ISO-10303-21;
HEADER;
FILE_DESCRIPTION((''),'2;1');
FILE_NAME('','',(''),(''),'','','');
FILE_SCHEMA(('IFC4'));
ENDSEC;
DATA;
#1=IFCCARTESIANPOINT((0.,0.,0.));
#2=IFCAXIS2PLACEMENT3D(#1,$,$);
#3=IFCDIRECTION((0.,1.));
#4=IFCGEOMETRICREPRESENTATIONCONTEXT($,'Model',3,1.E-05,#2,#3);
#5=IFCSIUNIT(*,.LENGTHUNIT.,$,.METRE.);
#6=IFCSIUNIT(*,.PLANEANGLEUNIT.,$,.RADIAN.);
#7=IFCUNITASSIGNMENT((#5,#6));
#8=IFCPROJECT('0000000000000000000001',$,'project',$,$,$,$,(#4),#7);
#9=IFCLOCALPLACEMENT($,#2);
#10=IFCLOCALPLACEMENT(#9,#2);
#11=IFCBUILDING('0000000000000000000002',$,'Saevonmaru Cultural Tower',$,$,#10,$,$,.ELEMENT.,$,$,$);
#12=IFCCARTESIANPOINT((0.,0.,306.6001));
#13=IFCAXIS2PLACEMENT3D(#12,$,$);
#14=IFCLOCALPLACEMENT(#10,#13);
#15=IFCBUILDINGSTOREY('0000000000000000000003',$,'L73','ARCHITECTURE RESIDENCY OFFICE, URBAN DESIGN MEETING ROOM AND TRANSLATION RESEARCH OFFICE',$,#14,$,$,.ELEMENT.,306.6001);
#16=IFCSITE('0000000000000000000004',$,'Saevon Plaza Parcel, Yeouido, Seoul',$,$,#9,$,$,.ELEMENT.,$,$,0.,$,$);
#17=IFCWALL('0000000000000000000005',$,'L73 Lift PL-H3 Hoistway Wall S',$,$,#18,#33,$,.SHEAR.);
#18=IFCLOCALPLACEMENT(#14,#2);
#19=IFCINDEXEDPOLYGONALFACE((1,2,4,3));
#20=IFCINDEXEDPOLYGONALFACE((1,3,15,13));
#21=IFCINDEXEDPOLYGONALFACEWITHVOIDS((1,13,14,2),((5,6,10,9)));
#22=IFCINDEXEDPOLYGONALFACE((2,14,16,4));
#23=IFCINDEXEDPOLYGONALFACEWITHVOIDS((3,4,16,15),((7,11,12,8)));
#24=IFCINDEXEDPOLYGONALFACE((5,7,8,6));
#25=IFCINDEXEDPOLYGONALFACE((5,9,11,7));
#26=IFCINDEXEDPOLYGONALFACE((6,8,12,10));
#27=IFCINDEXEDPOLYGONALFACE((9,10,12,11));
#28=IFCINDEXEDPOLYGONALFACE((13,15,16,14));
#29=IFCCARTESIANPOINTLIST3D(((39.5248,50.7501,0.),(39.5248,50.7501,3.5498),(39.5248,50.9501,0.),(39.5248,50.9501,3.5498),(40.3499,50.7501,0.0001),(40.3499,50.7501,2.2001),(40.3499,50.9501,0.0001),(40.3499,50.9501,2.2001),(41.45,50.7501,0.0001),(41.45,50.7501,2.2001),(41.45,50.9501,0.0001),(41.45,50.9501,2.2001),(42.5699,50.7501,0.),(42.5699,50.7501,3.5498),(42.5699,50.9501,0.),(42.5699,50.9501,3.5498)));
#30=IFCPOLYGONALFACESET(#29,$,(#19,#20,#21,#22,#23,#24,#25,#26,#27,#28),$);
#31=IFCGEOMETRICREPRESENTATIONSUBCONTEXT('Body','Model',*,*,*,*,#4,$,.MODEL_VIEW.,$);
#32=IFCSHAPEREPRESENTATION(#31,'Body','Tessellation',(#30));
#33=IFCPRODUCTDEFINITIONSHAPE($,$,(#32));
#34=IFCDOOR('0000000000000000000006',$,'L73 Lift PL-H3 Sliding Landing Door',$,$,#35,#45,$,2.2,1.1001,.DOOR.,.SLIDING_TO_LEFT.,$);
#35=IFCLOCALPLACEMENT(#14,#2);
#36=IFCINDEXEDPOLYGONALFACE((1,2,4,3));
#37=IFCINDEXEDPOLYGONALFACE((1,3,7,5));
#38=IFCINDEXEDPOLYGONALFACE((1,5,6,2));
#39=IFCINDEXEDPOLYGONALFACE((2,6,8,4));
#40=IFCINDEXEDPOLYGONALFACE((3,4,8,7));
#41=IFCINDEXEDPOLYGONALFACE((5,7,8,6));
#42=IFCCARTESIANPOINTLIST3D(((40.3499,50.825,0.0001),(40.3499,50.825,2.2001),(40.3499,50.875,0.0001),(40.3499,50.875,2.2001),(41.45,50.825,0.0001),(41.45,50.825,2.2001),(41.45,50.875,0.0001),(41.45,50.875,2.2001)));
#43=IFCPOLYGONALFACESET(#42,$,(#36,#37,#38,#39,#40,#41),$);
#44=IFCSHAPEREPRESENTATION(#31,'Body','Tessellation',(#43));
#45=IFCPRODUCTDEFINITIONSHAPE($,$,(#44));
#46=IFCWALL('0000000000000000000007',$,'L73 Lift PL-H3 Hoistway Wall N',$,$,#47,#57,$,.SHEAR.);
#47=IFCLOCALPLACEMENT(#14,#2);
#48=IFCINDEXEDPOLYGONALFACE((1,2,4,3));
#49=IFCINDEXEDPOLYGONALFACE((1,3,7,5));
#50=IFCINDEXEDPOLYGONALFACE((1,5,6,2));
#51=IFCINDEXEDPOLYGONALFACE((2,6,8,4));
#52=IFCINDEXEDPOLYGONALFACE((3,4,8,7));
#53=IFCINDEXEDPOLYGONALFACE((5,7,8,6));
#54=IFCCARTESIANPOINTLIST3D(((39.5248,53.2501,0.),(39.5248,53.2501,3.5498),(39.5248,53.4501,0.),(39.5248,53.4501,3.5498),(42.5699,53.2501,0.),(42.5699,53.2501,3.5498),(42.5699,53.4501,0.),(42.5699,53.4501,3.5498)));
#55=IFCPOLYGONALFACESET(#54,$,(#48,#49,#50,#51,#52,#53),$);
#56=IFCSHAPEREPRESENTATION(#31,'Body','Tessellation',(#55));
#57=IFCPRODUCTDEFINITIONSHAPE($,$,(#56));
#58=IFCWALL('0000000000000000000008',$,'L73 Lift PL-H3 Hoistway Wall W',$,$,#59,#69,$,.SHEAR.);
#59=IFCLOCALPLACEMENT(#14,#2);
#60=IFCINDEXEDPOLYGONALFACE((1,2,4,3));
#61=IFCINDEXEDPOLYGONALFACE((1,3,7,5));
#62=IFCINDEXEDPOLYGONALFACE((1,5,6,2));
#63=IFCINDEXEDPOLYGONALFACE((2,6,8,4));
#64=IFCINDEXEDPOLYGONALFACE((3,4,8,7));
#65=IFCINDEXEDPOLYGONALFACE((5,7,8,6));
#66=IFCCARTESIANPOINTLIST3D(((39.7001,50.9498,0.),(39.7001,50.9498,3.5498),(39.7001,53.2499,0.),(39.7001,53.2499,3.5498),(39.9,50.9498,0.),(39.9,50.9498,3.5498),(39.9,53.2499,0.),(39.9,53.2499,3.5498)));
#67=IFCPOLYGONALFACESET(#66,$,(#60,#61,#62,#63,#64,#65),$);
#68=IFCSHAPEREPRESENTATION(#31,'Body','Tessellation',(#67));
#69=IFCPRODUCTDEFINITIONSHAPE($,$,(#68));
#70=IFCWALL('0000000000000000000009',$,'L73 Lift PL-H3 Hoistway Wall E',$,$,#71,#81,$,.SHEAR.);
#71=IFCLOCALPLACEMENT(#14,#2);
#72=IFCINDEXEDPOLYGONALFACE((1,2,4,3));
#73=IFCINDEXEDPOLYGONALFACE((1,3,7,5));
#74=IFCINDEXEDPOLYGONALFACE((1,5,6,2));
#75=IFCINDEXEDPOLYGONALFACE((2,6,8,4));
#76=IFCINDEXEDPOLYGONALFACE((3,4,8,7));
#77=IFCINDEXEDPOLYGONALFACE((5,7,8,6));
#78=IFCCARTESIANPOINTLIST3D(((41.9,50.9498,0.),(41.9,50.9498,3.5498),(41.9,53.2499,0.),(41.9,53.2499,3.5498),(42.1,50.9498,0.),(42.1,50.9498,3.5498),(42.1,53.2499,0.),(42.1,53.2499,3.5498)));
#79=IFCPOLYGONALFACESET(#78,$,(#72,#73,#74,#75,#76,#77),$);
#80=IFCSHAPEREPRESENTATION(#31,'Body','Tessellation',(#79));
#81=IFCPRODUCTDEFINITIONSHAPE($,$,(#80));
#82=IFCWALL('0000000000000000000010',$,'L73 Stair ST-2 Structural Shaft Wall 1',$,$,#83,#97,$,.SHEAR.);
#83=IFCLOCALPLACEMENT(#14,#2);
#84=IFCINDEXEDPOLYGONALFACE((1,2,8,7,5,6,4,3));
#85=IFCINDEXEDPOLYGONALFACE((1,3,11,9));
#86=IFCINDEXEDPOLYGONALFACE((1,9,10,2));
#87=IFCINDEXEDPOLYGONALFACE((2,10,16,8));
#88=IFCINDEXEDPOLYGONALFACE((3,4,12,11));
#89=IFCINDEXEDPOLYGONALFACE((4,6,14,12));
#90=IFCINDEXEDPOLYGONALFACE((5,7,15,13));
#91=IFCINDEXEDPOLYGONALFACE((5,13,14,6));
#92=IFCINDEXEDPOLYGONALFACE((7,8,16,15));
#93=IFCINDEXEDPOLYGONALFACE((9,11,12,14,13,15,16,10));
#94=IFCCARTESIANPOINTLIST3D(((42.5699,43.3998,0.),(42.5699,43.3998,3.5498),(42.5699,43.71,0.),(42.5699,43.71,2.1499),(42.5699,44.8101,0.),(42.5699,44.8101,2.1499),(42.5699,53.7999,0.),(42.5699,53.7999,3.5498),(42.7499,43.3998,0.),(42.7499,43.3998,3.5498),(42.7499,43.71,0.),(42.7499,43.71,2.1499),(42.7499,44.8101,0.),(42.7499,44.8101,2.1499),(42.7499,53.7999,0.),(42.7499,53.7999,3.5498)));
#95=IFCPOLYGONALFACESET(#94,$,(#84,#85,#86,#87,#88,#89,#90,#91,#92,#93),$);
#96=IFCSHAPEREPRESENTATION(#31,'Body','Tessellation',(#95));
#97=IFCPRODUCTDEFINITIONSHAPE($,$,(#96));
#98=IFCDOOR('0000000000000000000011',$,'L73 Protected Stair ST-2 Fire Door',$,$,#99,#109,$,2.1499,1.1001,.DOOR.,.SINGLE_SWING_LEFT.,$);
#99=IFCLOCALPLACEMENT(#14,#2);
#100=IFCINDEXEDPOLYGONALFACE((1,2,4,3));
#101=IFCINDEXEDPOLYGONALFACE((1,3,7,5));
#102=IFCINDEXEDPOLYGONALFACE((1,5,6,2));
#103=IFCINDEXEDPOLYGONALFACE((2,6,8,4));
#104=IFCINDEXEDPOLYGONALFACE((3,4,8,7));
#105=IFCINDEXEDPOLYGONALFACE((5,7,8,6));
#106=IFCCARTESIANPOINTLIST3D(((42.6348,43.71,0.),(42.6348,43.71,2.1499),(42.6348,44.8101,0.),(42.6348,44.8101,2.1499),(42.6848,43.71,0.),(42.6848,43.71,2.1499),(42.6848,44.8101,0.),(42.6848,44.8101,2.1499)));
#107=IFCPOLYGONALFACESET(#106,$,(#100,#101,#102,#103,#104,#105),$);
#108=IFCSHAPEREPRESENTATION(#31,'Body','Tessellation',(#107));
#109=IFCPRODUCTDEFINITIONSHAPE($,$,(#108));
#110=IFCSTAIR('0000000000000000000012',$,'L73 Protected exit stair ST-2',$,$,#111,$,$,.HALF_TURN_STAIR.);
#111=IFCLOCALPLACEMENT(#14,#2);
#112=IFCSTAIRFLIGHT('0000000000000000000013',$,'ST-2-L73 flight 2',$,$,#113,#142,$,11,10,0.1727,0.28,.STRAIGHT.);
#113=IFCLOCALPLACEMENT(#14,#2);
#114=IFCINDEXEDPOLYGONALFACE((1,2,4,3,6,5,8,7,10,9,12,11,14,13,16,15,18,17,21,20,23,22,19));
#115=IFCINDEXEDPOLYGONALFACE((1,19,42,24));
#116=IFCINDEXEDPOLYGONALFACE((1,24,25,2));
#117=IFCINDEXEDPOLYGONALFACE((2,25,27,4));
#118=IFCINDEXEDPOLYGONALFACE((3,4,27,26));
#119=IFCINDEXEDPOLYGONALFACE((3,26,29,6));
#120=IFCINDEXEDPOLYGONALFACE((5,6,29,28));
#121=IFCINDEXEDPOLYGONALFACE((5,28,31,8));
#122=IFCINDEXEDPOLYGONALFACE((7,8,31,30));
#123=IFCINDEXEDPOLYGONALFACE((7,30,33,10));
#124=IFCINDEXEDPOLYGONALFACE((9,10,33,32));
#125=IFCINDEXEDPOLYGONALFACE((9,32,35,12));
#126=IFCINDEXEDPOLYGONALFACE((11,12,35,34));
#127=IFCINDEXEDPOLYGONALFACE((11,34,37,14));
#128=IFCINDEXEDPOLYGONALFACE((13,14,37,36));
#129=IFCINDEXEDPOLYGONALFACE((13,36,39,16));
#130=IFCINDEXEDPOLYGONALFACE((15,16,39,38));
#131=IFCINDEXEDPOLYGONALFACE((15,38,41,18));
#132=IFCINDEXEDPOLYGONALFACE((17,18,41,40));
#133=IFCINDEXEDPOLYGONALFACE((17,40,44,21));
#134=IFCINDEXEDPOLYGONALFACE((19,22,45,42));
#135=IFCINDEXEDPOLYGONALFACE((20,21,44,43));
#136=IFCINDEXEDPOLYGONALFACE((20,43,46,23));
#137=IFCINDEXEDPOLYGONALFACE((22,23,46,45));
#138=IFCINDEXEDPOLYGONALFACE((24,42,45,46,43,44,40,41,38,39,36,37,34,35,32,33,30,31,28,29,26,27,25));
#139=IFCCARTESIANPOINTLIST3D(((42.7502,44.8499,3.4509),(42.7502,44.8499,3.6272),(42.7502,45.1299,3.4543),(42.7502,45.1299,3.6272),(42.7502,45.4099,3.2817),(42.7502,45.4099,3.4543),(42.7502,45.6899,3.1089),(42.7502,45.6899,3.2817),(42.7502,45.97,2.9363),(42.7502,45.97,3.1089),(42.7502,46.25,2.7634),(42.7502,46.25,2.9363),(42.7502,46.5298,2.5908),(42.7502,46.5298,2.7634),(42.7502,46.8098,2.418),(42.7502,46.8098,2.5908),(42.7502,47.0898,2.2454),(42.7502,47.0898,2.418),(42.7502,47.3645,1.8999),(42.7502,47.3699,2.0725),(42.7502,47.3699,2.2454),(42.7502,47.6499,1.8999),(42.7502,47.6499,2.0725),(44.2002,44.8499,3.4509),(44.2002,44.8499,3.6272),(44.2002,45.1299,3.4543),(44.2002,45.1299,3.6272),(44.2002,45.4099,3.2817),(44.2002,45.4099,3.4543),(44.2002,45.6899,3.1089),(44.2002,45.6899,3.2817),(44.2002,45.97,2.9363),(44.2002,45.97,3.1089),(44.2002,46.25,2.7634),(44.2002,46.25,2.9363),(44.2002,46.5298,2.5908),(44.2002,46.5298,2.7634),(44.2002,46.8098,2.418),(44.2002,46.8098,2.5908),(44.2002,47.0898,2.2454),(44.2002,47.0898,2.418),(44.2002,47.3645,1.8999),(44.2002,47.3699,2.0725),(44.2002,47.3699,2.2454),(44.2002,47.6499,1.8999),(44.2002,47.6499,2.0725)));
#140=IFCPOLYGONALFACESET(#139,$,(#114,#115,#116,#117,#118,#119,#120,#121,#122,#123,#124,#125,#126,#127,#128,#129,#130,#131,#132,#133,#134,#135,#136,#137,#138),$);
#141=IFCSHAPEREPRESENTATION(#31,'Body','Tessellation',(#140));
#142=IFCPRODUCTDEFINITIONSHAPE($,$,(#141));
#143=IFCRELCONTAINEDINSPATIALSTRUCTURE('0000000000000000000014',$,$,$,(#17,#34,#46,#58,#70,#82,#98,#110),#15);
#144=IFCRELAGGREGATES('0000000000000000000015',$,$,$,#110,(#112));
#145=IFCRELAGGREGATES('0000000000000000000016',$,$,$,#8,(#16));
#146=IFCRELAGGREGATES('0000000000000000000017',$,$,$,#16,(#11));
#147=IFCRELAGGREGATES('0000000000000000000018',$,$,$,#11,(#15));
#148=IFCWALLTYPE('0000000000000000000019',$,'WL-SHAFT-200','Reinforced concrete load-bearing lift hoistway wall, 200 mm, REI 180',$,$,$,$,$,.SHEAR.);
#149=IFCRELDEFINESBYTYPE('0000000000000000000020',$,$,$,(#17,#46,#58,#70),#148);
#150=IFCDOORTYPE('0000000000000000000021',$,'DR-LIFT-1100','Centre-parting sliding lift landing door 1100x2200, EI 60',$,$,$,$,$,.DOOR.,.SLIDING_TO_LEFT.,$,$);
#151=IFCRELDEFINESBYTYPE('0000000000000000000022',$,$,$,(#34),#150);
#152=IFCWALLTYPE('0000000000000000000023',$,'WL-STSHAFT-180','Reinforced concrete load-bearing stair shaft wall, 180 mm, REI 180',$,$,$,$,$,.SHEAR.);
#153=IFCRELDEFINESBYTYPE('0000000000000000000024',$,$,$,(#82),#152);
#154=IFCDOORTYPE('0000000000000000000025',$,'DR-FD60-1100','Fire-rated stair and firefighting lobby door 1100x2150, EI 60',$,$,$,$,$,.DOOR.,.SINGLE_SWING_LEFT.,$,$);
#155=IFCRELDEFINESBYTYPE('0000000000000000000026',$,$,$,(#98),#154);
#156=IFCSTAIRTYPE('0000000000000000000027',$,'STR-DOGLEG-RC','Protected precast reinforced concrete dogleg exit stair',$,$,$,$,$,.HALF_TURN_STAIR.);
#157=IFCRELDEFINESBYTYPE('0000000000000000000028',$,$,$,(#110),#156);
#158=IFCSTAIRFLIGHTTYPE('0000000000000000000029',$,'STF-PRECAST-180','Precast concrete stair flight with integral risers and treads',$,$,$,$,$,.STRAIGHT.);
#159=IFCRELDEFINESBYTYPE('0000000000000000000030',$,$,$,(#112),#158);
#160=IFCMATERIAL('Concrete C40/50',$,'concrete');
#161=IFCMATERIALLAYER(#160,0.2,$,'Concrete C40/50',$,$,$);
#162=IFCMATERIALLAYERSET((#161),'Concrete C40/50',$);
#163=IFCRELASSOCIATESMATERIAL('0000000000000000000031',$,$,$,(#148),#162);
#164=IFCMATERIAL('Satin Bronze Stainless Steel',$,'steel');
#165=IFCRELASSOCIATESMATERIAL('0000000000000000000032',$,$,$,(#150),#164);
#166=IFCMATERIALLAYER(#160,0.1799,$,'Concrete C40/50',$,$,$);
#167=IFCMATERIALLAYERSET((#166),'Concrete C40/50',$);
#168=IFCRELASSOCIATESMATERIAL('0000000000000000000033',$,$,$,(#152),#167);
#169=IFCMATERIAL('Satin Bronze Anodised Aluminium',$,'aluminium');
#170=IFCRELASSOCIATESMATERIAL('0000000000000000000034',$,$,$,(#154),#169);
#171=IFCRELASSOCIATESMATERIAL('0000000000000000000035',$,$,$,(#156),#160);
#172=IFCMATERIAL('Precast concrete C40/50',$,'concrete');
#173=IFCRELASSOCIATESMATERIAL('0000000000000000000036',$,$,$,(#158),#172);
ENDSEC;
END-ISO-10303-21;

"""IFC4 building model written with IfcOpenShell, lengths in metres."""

from ifc_helpers import new_model, si_unit, direction, frame, frame_2d, origin, place, context, subcontext, project, spatial, polyline, rectangle, outline, extrude, material, layer, layer_set, type_object, element, fill, aggregate, save


model = new_model("IFC4")

# Units and contexts
model_context = context("Model", 3, precision=1e-05, world=origin(), true_north=direction((0.0, 1.0)))
body_context = subcontext(model_context, "Body", "Model", "MODEL_VIEW")
ifc_project = project(units=[si_unit("LENGTHUNIT", "METRE"), si_unit("PLANEANGLEUNIT", "RADIAN")], contexts=[model_context])

# Site, building, storey
site_placement = place(None, origin())
site = spatial("IfcSite", under=ifc_project, at=site_placement, Name="Saevon Plaza Parcel, Yeouido, Seoul", CompositionType="ELEMENT", RefElevation=0.0)
building_placement = place(site_placement, origin())
building = spatial("IfcBuilding", under=site, at=building_placement, Name="Saevonmaru Cultural Tower", CompositionType="ELEMENT")
storey_placement = place(building_placement, frame((0.0, 0.0, 306.6001)))
storey = spatial("IfcBuildingStorey", under=building, at=storey_placement, Name="L73", Description="ARCHITECTURE RESIDENCY OFFICE, URBAN DESIGN MEETING ROOM AND TRANSLATION RESEARCH OFFICE", CompositionType="ELEMENT", Elevation=306.6001)

# Shared definitions
ifc_material_1 = material(Name="Satin Bronze Anodised Aluminium", Category="aluminium")

# Shared definitions
ifc_material_2 = material(Name="Concrete C40/50", Category="concrete")
ifc_layer_1 = layer(ifc_material_2, 0.2, Name="Concrete C40/50")
ifc_layer_set_1 = layer_set([ifc_layer_1], Name="Concrete C40/50")
wall_type_1 = type_object("IfcWallType", Name="WL-SHAFT-200", Description="Reinforced concrete load-bearing lift hoistway wall, 200 mm, REI 180", PredefinedType="SHEAR", material=ifc_layer_set_1)
ifc_material_3 = material(Name="Satin Bronze Stainless Steel", Category="steel")
door_type_1 = type_object("IfcDoorType", Name="DR-LIFT-1100", Description="Centre-parting sliding lift landing door 1100x2200, EI 60", OperationType="SLIDING_TO_LEFT", PredefinedType="DOOR", material=ifc_material_3)

# Wall, opening, door
wall_1_placement = place(storey_placement, frame((39.5249, 50.8501, 0.0), z_axis=(0.0, 0.0, 1.0), x_axis=(1.0, 0.0, 0.0)))
wall_1 = element("IfcWall", 1, at=wall_1_placement, inside=storey, type_object=wall_type_1, Name="L73 Lift PL-H3 Hoistway Wall S", PredefinedType="SHEAR", context=body_context, shape_type="SweptSolid", body=[
    extrude(rectangle(XDim=3.0452, YDim=0.2, at=frame_2d((1.5225, 0.0))), origin(), (0.0, 0.0, 1.0), 3.5498),
])
opening_1_placement = place(wall_1_placement, frame((0.825, 0.0, 0.0)))
opening_1 = element("IfcOpeningElement", 2, at=opening_1_placement, cuts=wall_1, PredefinedType="OPENING", context=body_context, shape_type="SweptSolid", body=[
    extrude(rectangle(XDim=1.1001, YDim=2.2, at=frame_2d((0.55, 1.1001))), frame((0.0, 0.1099, 0.0), z_axis=(0.0, -1.0, 0.0), x_axis=(1.0, 0.0, 0.0)), (0.0, 0.0, 1.0), 0.22),
])
door_1_placement = place(opening_1_placement, origin())
door_1 = element("IfcDoor", 3, at=door_1_placement, inside=storey, type_object=door_type_1, Name="L73 Lift PL-H3 Sliding Landing Door", OperationType="SLIDING_TO_LEFT", OverallHeight=2.2, OverallWidth=1.1001, PredefinedType="DOOR", context=body_context, shape_type="SweptSolid", body=[
    extrude(rectangle(XDim=1.1001, YDim=2.2, at=frame_2d((0.55, 1.1001))), frame((0.0, 0.0249, 0.0), z_axis=(0.0, -1.0, 0.0), x_axis=(1.0, 0.0, 0.0)), (0.0, 0.0, 1.0), 0.05),
])
fill(opening_1, door_1)

# Walls
wall_2_placement = place(storey_placement, frame((39.5249, 53.3501, 0.0), z_axis=(0.0, 0.0, 1.0), x_axis=(1.0, 0.0, 0.0)))
element("IfcWall", 4, at=wall_2_placement, inside=storey, type_object=wall_type_1, Name="L73 Lift PL-H3 Hoistway Wall N", PredefinedType="SHEAR", context=body_context, shape_type="SweptSolid", body=[
    extrude(rectangle(XDim=3.0452, YDim=0.2, at=frame_2d((1.5225, 0.0))), origin(), (0.0, 0.0, 1.0), 3.5498),
])
for number, where, z_axis, x_axis, name in (
    (5, (39.8, 50.95, 0.0), (0.0, 0.0, 1.0), (0.0, 1.0, 0.0), "L73 Lift PL-H3 Hoistway Wall W"),
    (6, (42.0, 50.95, 0.0), (0.0, 0.0, 1.0), (0.0, 1.0, 0.0), "L73 Lift PL-H3 Hoistway Wall E"),
):
    element("IfcWall", number, at=place(storey_placement, frame(where, z_axis=z_axis, x_axis=x_axis)), inside=storey, type_object=wall_type_1, Name=name, PredefinedType="SHEAR", context=body_context, shape_type="SweptSolid", body=[
        extrude(rectangle(XDim=2.3, YDim=0.2, at=frame_2d((1.1499, 0.0))), origin(), (0.0, 0.0, 1.0), 3.5498),
    ])

# Wall, opening, door
ifc_layer_2 = layer(ifc_material_2, 0.1799, Name="Concrete C40/50")
ifc_layer_set_2 = layer_set([ifc_layer_2], Name="Concrete C40/50")
wall_type_2 = type_object("IfcWallType", Name="WL-STSHAFT-180", Description="Reinforced concrete load-bearing stair shaft wall, 180 mm, REI 180", PredefinedType="SHEAR", material=ifc_layer_set_2)
wall_3_placement = place(storey_placement, frame((42.6599, 53.8, 0.0), z_axis=(0.0, 0.0, 1.0), x_axis=(0.0, -1.0, 0.0)))
wall_3 = element("IfcWall", 7, at=wall_3_placement, inside=storey, type_object=wall_type_2, Name="L73 Stair ST-2 Structural Shaft Wall 1", PredefinedType="SHEAR", context=body_context, shape_type="SweptSolid", body=[
    extrude(rectangle(XDim=10.4001, YDim=0.1799, at=frame_2d((5.2002, 0.0))), origin(), (0.0, 0.0, 1.0), 3.5498),
])
opening_2_placement = place(wall_3_placement, frame((8.99, 0.0, 0.0)))
opening_2 = element("IfcOpeningElement", 8, at=opening_2_placement, cuts=wall_3, PredefinedType="OPENING", context=body_context, shape_type="SweptSolid", body=[
    extrude(rectangle(XDim=1.1001, YDim=2.1499, at=frame_2d((0.55, 1.075))), frame((0.0, 0.1001, 0.0), z_axis=(0.0, -1.0, 0.0), x_axis=(1.0, 0.0, 0.0)), (0.0, 0.0, 1.0), 0.2),
])
door_type_2 = type_object("IfcDoorType", Name="DR-FD60-1100", Description="Fire-rated stair and firefighting lobby door 1100x2150, EI 60", OperationType="SINGLE_SWING_LEFT", PredefinedType="DOOR", material=ifc_material_1)
door_2_placement = place(opening_2_placement, origin())
door_2 = element("IfcDoor", 9, at=door_2_placement, inside=storey, type_object=door_type_2, Name="L73 Protected Stair ST-2 Fire Door", OperationType="SINGLE_SWING_LEFT", OverallHeight=2.1499, OverallWidth=1.1001, PredefinedType="DOOR", context=body_context, shape_type="SweptSolid", body=[
    extrude(rectangle(XDim=1.1001, YDim=2.1499, at=frame_2d((0.55, 1.075))), frame((0.0, 0.0249, 0.0), z_axis=(0.0, -1.0, 0.0), x_axis=(1.0, 0.0, 0.0)), (0.0, 0.0, 1.0), 0.05),
])
fill(opening_2, door_2)

# Stair, stair flight
stair_type = type_object("IfcStairType", Name="STR-DOGLEG-RC", Description="Protected precast reinforced concrete dogleg exit stair", PredefinedType="HALF_TURN_STAIR", material=ifc_material_2)
stair_placement = place(storey_placement, origin())
stair = element("IfcStair", 10, at=stair_placement, inside=storey, type_object=stair_type, Name="L73 Protected exit stair ST-2", PredefinedType="HALF_TURN_STAIR")
ifc_material_4 = material(Name="Precast concrete C40/50", Category="concrete")
stair_flight_type = type_object("IfcStairFlightType", Name="STF-PRECAST-180", Description="Precast concrete stair flight with integral risers and treads", PredefinedType="STRAIGHT", material=ifc_material_4)
stair_flight_placement = place(storey_placement, frame((43.4751, 47.6499, 1.8999), z_axis=(0.0, 0.0, 1.0), x_axis=(0.0, -1.0, 0.0)))
stair_flight = element("IfcStairFlight", 11, at=stair_flight_placement, type_object=stair_flight_type, Name="ST-2-L73 flight 2", NumberOfRisers=11, NumberOfTreads=10, PredefinedType="STRAIGHT", RiserHeight=0.1727, TreadLength=0.28, context=body_context, shape_type="SweptSolid", body=[
    extrude(outline(polyline([(0.0, 0.0), (0.0, 0.1726), (0.28, 0.1726), (0.28, 0.3455), (0.5601, 0.3455), (0.5601, 0.5181), (0.8401, 0.5181), (0.8401, 0.6909), (1.1201, 0.6909), (1.1201, 0.8635), (1.3999, 0.8635), (1.3999, 1.0364), (1.6799, 1.0364), (1.6799, 1.209), (1.96, 1.209), (1.96, 1.3818), (2.24, 1.3818), (2.24, 1.5544), (2.52, 1.5544), (2.52, 1.7273), (2.8, 1.7273), (2.8, 1.8999), (2.8, 1.551), (0.2854, 0.0), (0.0, 0.0)])), frame((0.0, 0.7251, 0.0), z_axis=(0.0, -1.0, 0.0), x_axis=(1.0, 0.0, 0.0)), (0.0, 0.0, 1.0), 1.45),
])
aggregate(stair, [stair_flight])

save(model, "model.ifc")
